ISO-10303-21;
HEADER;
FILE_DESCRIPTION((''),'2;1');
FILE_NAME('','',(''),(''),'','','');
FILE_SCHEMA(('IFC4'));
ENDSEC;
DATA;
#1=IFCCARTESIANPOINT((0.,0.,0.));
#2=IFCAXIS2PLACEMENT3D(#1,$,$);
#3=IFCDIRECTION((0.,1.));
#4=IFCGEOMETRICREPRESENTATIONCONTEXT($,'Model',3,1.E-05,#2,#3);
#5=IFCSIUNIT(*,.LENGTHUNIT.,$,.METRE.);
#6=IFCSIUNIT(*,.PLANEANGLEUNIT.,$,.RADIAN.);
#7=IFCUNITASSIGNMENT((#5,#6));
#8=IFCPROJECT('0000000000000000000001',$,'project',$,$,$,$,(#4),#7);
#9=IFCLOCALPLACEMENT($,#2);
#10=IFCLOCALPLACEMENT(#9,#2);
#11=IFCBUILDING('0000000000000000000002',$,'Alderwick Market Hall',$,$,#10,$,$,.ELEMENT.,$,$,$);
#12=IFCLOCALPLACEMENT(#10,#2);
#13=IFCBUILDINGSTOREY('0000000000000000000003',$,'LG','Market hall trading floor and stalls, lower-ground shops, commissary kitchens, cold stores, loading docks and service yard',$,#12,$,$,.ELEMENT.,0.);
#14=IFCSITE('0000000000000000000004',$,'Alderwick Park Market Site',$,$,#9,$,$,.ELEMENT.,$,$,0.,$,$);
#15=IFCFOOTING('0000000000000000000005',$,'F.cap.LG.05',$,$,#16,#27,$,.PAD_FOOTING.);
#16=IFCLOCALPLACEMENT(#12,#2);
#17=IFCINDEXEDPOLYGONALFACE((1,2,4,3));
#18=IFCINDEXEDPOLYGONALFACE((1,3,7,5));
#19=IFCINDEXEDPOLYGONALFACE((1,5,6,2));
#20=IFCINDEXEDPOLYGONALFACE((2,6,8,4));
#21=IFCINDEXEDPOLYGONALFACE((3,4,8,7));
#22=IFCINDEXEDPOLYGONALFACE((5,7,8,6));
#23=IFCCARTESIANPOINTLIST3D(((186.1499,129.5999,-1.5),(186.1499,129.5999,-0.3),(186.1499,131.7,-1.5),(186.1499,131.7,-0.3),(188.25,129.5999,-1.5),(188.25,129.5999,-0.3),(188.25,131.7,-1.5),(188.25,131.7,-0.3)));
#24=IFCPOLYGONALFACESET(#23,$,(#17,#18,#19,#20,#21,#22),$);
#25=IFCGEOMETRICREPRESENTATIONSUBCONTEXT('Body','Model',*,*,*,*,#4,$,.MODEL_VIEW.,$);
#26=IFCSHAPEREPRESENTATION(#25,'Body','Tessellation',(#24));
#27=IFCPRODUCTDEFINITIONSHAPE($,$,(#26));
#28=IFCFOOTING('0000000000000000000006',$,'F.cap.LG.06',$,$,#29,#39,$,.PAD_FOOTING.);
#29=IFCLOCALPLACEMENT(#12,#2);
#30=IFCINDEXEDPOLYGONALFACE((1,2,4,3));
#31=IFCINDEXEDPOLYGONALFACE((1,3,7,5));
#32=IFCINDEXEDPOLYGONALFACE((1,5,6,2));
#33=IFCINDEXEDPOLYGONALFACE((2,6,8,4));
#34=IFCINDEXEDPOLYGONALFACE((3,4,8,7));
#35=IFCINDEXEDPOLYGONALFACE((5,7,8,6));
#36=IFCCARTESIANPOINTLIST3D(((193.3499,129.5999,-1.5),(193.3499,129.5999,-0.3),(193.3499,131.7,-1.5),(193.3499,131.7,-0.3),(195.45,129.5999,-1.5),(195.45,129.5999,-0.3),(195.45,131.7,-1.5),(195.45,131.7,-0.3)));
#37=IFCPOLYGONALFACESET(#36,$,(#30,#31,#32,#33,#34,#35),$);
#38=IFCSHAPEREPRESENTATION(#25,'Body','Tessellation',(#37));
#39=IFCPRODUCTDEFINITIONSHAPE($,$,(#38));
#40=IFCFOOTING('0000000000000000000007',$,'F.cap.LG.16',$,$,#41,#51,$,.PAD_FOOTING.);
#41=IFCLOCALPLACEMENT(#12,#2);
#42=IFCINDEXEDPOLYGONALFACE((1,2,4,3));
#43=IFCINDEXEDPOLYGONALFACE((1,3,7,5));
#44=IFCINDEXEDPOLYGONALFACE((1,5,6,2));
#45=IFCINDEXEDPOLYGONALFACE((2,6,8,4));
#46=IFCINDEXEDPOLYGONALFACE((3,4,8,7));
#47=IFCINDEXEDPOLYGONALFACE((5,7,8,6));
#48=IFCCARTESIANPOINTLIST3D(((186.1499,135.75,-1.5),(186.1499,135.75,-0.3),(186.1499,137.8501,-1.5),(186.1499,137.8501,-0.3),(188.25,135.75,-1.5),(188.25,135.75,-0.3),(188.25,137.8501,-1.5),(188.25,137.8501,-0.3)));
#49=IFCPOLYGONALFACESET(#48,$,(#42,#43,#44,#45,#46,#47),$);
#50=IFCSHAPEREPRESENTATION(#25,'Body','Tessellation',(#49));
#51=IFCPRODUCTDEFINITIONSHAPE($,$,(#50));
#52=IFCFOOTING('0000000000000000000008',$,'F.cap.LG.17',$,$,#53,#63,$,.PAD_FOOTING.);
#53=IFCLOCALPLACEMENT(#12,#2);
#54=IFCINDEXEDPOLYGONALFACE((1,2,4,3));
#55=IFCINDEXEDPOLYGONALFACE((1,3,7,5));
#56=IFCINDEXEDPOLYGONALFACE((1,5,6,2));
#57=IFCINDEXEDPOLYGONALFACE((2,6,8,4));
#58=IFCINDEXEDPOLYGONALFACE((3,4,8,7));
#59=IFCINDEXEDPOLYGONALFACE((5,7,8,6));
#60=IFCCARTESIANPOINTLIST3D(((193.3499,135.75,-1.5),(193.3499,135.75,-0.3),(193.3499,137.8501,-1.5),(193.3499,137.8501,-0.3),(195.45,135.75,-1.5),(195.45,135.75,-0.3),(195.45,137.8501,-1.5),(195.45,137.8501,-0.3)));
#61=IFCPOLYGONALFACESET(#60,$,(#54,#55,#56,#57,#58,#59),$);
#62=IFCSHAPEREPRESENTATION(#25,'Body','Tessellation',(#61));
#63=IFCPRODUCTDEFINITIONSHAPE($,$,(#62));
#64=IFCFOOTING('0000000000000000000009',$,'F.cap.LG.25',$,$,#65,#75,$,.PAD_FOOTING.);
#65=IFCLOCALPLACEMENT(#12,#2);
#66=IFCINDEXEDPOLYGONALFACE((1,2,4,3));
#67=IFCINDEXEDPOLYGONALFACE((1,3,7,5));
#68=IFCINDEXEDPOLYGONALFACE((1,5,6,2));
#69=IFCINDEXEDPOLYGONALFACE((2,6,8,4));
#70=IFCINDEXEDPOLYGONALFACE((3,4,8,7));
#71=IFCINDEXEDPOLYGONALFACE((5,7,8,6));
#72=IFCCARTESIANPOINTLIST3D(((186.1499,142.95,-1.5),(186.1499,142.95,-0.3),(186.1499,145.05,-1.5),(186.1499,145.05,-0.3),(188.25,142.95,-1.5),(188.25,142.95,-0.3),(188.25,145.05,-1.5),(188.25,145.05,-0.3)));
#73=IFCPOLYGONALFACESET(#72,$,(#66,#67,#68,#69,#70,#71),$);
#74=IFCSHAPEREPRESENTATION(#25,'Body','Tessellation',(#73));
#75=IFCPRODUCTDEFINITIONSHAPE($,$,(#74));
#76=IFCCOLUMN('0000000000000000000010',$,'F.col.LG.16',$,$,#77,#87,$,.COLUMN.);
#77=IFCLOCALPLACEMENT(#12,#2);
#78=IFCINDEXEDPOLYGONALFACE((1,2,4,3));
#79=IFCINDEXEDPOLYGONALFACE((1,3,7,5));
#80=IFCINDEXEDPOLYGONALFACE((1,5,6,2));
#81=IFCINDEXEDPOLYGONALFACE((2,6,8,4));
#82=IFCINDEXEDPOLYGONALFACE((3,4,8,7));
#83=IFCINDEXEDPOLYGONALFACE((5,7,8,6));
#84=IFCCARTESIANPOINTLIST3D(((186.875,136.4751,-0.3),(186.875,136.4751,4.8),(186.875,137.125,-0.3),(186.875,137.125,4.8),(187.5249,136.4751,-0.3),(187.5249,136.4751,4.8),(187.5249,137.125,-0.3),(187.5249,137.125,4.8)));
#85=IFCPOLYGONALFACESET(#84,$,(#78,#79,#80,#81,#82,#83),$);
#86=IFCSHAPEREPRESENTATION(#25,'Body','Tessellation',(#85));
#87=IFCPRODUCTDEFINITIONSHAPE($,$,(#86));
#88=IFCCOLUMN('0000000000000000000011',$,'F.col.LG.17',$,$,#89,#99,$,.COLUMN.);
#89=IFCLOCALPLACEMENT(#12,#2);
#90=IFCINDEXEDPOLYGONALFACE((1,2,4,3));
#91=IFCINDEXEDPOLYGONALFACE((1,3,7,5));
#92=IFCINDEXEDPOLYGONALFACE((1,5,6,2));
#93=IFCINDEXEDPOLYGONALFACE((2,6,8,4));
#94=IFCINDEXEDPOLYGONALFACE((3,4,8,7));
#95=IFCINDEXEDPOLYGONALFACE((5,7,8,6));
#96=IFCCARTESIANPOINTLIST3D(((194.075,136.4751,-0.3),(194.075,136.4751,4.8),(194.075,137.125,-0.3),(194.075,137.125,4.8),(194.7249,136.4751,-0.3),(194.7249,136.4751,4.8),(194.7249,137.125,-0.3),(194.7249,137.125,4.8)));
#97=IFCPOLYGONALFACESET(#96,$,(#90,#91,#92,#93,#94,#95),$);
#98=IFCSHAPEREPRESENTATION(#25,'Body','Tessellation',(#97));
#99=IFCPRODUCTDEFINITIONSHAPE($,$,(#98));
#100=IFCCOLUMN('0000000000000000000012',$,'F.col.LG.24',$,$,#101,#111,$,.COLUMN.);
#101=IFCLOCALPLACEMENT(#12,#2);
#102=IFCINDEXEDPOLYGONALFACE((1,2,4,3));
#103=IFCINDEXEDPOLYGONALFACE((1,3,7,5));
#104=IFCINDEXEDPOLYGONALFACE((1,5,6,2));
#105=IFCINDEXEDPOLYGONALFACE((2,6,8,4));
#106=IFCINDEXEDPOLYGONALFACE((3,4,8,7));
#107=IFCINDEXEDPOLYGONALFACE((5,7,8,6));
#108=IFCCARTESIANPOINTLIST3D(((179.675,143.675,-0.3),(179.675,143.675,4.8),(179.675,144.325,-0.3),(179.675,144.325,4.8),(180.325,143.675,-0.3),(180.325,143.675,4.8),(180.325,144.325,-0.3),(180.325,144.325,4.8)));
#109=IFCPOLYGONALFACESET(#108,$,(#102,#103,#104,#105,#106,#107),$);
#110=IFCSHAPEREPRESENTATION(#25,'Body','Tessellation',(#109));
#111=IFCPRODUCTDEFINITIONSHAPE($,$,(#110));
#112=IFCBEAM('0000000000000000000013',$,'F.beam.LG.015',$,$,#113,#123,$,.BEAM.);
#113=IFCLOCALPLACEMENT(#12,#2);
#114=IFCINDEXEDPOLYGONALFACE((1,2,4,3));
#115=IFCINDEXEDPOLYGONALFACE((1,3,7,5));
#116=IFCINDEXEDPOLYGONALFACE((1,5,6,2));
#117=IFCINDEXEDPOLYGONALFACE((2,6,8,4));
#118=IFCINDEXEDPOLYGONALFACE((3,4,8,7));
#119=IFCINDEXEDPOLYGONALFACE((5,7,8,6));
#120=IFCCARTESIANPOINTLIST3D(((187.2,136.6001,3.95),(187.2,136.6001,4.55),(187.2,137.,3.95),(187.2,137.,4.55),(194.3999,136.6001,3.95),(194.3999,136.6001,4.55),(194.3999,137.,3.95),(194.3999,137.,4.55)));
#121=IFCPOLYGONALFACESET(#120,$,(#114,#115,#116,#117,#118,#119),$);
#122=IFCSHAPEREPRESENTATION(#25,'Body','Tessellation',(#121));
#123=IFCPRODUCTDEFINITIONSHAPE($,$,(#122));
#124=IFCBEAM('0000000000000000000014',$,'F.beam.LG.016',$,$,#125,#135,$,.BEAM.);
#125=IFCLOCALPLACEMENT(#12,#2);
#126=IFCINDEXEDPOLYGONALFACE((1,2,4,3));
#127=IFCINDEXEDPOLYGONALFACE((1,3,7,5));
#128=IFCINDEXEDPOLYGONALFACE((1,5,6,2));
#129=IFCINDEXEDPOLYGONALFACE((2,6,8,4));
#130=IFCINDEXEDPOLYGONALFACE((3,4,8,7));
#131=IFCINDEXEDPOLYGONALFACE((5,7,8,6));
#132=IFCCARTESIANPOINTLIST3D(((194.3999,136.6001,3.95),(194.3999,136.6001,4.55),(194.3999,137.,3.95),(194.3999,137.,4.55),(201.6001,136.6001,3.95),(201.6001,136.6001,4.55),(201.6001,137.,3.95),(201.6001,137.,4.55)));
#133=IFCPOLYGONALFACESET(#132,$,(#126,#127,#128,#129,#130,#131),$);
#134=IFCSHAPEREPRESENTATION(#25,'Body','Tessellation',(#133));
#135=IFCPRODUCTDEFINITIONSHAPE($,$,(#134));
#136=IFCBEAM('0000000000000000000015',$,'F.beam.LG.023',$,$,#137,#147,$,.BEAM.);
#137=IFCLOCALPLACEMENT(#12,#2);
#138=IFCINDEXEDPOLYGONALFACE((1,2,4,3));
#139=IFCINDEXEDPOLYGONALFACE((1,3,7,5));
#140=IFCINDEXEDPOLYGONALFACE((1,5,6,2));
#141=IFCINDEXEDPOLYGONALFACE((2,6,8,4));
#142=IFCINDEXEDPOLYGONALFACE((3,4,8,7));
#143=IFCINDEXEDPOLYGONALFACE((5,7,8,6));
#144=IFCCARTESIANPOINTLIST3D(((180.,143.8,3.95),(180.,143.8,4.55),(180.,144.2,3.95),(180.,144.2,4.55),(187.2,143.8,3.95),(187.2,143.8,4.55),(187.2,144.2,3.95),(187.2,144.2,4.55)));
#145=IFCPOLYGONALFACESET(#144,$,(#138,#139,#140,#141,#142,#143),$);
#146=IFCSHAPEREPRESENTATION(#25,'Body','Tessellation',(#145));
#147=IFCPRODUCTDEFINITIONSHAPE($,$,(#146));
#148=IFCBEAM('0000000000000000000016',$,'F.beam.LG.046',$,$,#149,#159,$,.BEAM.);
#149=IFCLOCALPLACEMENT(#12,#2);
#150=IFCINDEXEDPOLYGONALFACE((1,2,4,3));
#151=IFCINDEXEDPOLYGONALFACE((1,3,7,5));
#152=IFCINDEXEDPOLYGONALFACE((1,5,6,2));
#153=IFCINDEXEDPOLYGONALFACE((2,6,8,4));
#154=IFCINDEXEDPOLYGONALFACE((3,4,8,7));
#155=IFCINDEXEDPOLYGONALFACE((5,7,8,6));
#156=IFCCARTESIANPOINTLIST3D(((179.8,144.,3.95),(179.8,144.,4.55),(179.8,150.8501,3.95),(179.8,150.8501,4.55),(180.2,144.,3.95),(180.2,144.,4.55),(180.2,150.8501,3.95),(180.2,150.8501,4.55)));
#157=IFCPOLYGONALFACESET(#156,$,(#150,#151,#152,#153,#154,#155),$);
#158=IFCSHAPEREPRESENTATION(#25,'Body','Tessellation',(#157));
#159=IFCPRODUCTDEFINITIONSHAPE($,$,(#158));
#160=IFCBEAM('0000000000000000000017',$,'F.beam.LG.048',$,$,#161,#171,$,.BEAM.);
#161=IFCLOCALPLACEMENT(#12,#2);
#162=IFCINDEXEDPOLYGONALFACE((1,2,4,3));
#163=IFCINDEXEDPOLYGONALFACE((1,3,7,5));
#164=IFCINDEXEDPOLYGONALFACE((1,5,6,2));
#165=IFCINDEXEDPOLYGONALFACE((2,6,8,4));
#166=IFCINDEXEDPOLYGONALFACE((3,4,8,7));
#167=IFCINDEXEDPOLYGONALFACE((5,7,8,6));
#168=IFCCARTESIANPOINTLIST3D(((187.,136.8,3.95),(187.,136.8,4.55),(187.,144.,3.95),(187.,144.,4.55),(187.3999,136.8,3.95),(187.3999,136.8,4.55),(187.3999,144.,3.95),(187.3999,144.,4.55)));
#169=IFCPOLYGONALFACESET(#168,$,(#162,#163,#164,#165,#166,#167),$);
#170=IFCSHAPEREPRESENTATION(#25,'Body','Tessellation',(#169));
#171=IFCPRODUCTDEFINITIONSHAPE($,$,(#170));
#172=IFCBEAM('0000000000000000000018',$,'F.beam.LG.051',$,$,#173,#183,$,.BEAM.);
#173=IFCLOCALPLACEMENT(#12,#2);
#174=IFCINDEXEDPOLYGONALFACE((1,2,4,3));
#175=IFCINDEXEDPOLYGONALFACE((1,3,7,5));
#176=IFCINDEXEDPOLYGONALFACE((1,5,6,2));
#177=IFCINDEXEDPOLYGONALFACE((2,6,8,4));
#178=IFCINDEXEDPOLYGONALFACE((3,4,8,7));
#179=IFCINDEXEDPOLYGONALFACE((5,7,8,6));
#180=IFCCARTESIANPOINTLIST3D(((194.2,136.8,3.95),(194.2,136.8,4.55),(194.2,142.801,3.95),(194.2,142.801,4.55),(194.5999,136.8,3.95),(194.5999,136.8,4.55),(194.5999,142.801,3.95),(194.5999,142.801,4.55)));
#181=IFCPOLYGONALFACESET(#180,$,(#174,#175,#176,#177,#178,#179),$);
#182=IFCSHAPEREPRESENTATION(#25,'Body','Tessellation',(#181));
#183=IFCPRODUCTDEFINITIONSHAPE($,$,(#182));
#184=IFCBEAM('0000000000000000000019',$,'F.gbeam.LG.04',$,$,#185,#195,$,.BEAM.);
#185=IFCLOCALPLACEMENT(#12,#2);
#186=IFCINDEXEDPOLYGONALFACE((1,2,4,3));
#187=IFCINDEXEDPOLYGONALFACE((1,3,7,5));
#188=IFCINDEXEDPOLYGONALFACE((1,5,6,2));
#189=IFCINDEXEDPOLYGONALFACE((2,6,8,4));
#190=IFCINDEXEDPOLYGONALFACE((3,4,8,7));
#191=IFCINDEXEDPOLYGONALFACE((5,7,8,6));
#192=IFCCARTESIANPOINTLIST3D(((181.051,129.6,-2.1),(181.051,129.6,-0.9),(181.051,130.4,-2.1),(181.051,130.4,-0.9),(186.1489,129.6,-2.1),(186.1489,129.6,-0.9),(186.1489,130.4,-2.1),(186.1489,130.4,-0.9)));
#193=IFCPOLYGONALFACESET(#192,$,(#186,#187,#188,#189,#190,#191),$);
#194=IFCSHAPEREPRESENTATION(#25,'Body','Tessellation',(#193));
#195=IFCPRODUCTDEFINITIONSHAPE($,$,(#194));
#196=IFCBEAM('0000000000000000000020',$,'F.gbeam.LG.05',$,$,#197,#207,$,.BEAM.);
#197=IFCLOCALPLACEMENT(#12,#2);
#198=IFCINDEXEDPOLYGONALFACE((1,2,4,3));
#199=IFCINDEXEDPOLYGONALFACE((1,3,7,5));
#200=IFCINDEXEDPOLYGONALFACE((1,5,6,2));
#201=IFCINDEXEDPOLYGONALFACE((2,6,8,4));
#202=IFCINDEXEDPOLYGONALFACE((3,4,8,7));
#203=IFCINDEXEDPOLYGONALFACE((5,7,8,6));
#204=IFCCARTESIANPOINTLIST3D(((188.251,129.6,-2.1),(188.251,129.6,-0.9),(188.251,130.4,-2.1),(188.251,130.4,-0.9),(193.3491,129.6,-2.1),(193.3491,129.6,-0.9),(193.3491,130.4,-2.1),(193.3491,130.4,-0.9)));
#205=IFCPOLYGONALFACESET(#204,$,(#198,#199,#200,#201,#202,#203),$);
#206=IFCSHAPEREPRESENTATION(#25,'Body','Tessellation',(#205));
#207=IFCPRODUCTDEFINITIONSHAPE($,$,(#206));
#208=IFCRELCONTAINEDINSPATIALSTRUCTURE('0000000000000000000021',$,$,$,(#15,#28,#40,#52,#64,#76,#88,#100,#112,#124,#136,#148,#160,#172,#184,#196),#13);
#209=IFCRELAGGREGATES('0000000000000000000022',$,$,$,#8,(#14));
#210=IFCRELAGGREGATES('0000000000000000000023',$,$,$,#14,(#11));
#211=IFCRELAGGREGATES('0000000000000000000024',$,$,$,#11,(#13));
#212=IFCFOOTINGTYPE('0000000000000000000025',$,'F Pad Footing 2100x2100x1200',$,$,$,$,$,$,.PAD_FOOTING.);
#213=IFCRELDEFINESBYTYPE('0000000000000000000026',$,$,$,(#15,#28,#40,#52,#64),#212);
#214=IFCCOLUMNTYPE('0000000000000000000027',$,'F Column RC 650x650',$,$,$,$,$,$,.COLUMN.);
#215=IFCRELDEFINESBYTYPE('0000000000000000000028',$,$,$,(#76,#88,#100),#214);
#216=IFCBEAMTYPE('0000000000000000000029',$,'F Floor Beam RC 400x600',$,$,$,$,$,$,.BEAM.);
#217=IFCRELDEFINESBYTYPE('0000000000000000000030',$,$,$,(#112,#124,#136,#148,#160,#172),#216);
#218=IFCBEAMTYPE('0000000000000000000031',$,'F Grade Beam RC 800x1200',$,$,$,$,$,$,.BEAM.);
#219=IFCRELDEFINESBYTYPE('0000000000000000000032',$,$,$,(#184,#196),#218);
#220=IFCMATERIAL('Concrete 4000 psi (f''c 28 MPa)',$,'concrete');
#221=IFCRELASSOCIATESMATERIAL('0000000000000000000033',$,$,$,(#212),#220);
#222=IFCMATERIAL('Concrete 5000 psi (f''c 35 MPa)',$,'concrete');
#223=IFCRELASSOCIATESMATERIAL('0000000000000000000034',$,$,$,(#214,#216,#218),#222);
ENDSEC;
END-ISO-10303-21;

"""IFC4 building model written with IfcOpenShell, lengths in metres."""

from ifc_helpers import new_model, si_unit, direction, frame, origin, origin_2d, place, context, subcontext, project, spatial, rectangle, extrude, material, material_profile, profile_set, type_object, element, save


model = new_model("IFC4")

# Units and contexts
model_context = context("Model", 3, precision=1e-05, world=origin(), true_north=direction((0.0, 1.0)))
body_context = subcontext(model_context, "Body", "Model", "MODEL_VIEW")
ifc_project = project(units=[si_unit("LENGTHUNIT", "METRE"), si_unit("PLANEANGLEUNIT", "RADIAN")], contexts=[model_context])

# Site, building, storey
site_placement = place(None, origin())
site = spatial("IfcSite", under=ifc_project, at=site_placement, Name="Alderwick Park Market Site", CompositionType="ELEMENT", RefElevation=0.0)
building_placement = place(site_placement, origin())
building = spatial("IfcBuilding", under=site, at=building_placement, Name="Alderwick Market Hall", CompositionType="ELEMENT")
storey_placement = place(building_placement, origin())
storey = spatial("IfcBuildingStorey", under=building, at=storey_placement, Name="LG", Description="Market hall trading floor and stalls, lower-ground shops, commissary kitchens, cold stores, loading docks and service yard", CompositionType="ELEMENT", Elevation=0.0)

# Footings
ifc_material_1 = material(Name="Concrete 4000 psi (f'c 28 MPa)", Category="concrete")
footing_type = type_object("IfcFootingType", Name="F Pad Footing 2100x2100x1200", PredefinedType="PAD_FOOTING", material=ifc_material_1)
for number, where, z_axis, x_axis, name in (
    (1, (187.2, 130.6499, -1.5), (0.0, 0.0, 1.0), (1.0, 0.0, 0.0), "F.cap.LG.05"),
    (2, (194.3999, 130.6499, -1.5), (0.0, 0.0, 1.0), (1.0, 0.0, 0.0), "F.cap.LG.06"),
    (3, (187.2, 136.8, -1.5), (0.0, 0.0, 1.0), (1.0, 0.0, 0.0), "F.cap.LG.16"),
    (4, (194.3999, 136.8, -1.5), (0.0, 0.0, 1.0), (1.0, 0.0, 0.0), "F.cap.LG.17"),
    (5, (187.2, 144.0, -1.5), (0.0, 0.0, 1.0), (1.0, 0.0, 0.0), "F.cap.LG.25"),
):
    element("IfcFooting", number, at=place(storey_placement, frame(where, z_axis=z_axis, x_axis=x_axis)), inside=storey, type_object=footing_type, Name=name, PredefinedType="PAD_FOOTING", context=body_context, shape_type="SweptSolid", body=[
        extrude(rectangle(XDim=2.1001, YDim=2.1001, at=origin_2d()), origin(), (0.0, 0.0, 1.0), 1.2),
    ])

# Columns
ifc_material_2 = material(Name="Concrete 5000 psi (f'c 35 MPa)", Category="concrete")
ifc_material_profile_1 = material_profile(ifc_material_2, rectangle(XDim=0.6499, YDim=0.6499, at=origin_2d()), Name="RC 650x650")
ifc_profile_set_1 = profile_set([ifc_material_profile_1], Name="Concrete 5000 psi (f'c 35 MPa)")
column_type = type_object("IfcColumnType", Name="F Column RC 650x650", PredefinedType="COLUMN", material=ifc_profile_set_1)
for number, where, z_axis, x_axis, name in (
    (6, (187.2, 136.8, -0.3), (0.0, 0.0, 1.0), (1.0, 0.0, 0.0), "F.col.LG.16"),
    (7, (194.3999, 136.8, -0.3), (0.0, 0.0, 1.0), (1.0, 0.0, 0.0), "F.col.LG.17"),
    (8, (180.0, 144.0, -0.3), (0.0, 0.0, 1.0), (1.0, 0.0, 0.0), "F.col.LG.24"),
):
    element("IfcColumn", number, at=place(storey_placement, frame(where, z_axis=z_axis, x_axis=x_axis)), inside=storey, type_object=column_type, Name=name, PredefinedType="COLUMN", context=body_context, shape_type="SweptSolid", body=[
        extrude(rectangle(XDim=0.6499, YDim=0.6499, at=origin_2d()), origin(), (0.0, 0.0, 1.0), 5.1001),
    ])

# Beams
ifc_material_profile_2 = material_profile(ifc_material_2, rectangle(XDim=0.3999, YDim=0.6001, at=origin_2d()), Name="RC 400x600")
ifc_profile_set_2 = profile_set([ifc_material_profile_2], Name="Concrete 5000 psi (f'c 35 MPa)")
beam_type_1 = type_object("IfcBeamType", Name="F Floor Beam RC 400x600", PredefinedType="BEAM", material=ifc_profile_set_2)
beam_1_placement = place(storey_placement, frame((187.2, 136.8, 4.25), z_axis=(1.0, 0.0, 0.0), x_axis=(0.0, 1.0, 0.0)))
element("IfcBeam", 9, at=beam_1_placement, inside=storey, type_object=beam_type_1, Name="F.beam.LG.015", PredefinedType="BEAM", context=body_context, shape_type="SweptSolid", body=[
    extrude(rectangle(XDim=0.3999, YDim=0.6001, at=origin_2d()), origin(), (0.0, 0.0, 1.0), 7.2),
])
beam_2_placement = place(storey_placement, frame((194.3999, 136.8, 4.25), z_axis=(1.0, 0.0, 0.0), x_axis=(0.0, 1.0, 0.0)))
element("IfcBeam", 10, at=beam_2_placement, inside=storey, type_object=beam_type_1, Name="F.beam.LG.016", PredefinedType="BEAM", context=body_context, shape_type="SweptSolid", body=[
    extrude(rectangle(XDim=0.3999, YDim=0.6001, at=origin_2d()), origin(), (0.0, 0.0, 1.0), 7.2002),
])
beam_3_placement = place(storey_placement, frame((180.0, 144.0, 4.25), z_axis=(1.0, 0.0, 0.0), x_axis=(0.0, 1.0, 0.0)))
element("IfcBeam", 11, at=beam_3_placement, inside=storey, type_object=beam_type_1, Name="F.beam.LG.023", PredefinedType="BEAM", context=body_context, shape_type="SweptSolid", body=[
    extrude(rectangle(XDim=0.3999, YDim=0.6001, at=origin_2d()), origin(), (0.0, 0.0, 1.0), 7.2),
])
beam_4_placement = place(storey_placement, frame((180.0, 144.0, 4.25), z_axis=(0.0, 1.0, 0.0), x_axis=(-1.0, 0.0, 0.0)))
element("IfcBeam", 12, at=beam_4_placement, inside=storey, type_object=beam_type_1, Name="F.beam.LG.046", PredefinedType="BEAM", context=body_context, shape_type="SweptSolid", body=[
    extrude(rectangle(XDim=0.3999, YDim=0.6001, at=origin_2d()), origin(), (0.0, 0.0, 1.0), 6.8501),
])
beam_5_placement = place(storey_placement, frame((187.2, 136.8, 4.25), z_axis=(0.0, 1.0, 0.0), x_axis=(-1.0, 0.0, 0.0)))
element("IfcBeam", 13, at=beam_5_placement, inside=storey, type_object=beam_type_1, Name="F.beam.LG.048", PredefinedType="BEAM", context=body_context, shape_type="SweptSolid", body=[
    extrude(rectangle(XDim=0.3999, YDim=0.6001, at=origin_2d()), origin(), (0.0, 0.0, 1.0), 7.2),
])
beam_6_placement = place(storey_placement, frame((194.3999, 136.8, 4.25), z_axis=(0.0, 1.0, 0.0), x_axis=(-1.0, 0.0, 0.0)))
element("IfcBeam", 14, at=beam_6_placement, inside=storey, type_object=beam_type_1, Name="F.beam.LG.051", PredefinedType="BEAM", context=body_context, shape_type="SweptSolid", body=[
    extrude(rectangle(XDim=0.3999, YDim=0.6001, at=origin_2d()), origin(), (0.0, 0.0, 1.0), 6.001),
])
ifc_material_profile_3 = material_profile(ifc_material_2, rectangle(XDim=0.8, YDim=1.2, at=origin_2d()), Name="RC 800x1200")
ifc_profile_set_3 = profile_set([ifc_material_profile_3], Name="Concrete 5000 psi (f'c 35 MPa)")
beam_type_2 = type_object("IfcBeamType", Name="F Grade Beam RC 800x1200", PredefinedType="BEAM", material=ifc_profile_set_3)
beam_7_placement = place(storey_placement, frame((181.051, 130.0, -1.5), z_axis=(1.0, 0.0, 0.0), x_axis=(0.0, 1.0, 0.0)))
element("IfcBeam", 15, at=beam_7_placement, inside=storey, type_object=beam_type_2, Name="F.gbeam.LG.04", PredefinedType="BEAM", context=body_context, shape_type="SweptSolid", body=[
    extrude(rectangle(XDim=0.8, YDim=1.2, at=origin_2d()), origin(), (0.0, 0.0, 1.0), 5.0979),
])
for number, where, z_axis, x_axis, name in (
    (16, (188.251, 130.0, -1.5), (1.0, 0.0, 0.0), (0.0, 1.0, 0.0), "F.gbeam.LG.05"),
):
    element("IfcBeam", number, at=place(storey_placement, frame(where, z_axis=z_axis, x_axis=x_axis)), inside=storey, type_object=beam_type_2, Name=name, PredefinedType="BEAM", context=body_context, shape_type="SweptSolid", body=[
        extrude(rectangle(XDim=0.8, YDim=1.2, at=origin_2d()), origin(), (0.0, 0.0, 1.0), 5.0981),
    ])

save(model, "model.ifc")
